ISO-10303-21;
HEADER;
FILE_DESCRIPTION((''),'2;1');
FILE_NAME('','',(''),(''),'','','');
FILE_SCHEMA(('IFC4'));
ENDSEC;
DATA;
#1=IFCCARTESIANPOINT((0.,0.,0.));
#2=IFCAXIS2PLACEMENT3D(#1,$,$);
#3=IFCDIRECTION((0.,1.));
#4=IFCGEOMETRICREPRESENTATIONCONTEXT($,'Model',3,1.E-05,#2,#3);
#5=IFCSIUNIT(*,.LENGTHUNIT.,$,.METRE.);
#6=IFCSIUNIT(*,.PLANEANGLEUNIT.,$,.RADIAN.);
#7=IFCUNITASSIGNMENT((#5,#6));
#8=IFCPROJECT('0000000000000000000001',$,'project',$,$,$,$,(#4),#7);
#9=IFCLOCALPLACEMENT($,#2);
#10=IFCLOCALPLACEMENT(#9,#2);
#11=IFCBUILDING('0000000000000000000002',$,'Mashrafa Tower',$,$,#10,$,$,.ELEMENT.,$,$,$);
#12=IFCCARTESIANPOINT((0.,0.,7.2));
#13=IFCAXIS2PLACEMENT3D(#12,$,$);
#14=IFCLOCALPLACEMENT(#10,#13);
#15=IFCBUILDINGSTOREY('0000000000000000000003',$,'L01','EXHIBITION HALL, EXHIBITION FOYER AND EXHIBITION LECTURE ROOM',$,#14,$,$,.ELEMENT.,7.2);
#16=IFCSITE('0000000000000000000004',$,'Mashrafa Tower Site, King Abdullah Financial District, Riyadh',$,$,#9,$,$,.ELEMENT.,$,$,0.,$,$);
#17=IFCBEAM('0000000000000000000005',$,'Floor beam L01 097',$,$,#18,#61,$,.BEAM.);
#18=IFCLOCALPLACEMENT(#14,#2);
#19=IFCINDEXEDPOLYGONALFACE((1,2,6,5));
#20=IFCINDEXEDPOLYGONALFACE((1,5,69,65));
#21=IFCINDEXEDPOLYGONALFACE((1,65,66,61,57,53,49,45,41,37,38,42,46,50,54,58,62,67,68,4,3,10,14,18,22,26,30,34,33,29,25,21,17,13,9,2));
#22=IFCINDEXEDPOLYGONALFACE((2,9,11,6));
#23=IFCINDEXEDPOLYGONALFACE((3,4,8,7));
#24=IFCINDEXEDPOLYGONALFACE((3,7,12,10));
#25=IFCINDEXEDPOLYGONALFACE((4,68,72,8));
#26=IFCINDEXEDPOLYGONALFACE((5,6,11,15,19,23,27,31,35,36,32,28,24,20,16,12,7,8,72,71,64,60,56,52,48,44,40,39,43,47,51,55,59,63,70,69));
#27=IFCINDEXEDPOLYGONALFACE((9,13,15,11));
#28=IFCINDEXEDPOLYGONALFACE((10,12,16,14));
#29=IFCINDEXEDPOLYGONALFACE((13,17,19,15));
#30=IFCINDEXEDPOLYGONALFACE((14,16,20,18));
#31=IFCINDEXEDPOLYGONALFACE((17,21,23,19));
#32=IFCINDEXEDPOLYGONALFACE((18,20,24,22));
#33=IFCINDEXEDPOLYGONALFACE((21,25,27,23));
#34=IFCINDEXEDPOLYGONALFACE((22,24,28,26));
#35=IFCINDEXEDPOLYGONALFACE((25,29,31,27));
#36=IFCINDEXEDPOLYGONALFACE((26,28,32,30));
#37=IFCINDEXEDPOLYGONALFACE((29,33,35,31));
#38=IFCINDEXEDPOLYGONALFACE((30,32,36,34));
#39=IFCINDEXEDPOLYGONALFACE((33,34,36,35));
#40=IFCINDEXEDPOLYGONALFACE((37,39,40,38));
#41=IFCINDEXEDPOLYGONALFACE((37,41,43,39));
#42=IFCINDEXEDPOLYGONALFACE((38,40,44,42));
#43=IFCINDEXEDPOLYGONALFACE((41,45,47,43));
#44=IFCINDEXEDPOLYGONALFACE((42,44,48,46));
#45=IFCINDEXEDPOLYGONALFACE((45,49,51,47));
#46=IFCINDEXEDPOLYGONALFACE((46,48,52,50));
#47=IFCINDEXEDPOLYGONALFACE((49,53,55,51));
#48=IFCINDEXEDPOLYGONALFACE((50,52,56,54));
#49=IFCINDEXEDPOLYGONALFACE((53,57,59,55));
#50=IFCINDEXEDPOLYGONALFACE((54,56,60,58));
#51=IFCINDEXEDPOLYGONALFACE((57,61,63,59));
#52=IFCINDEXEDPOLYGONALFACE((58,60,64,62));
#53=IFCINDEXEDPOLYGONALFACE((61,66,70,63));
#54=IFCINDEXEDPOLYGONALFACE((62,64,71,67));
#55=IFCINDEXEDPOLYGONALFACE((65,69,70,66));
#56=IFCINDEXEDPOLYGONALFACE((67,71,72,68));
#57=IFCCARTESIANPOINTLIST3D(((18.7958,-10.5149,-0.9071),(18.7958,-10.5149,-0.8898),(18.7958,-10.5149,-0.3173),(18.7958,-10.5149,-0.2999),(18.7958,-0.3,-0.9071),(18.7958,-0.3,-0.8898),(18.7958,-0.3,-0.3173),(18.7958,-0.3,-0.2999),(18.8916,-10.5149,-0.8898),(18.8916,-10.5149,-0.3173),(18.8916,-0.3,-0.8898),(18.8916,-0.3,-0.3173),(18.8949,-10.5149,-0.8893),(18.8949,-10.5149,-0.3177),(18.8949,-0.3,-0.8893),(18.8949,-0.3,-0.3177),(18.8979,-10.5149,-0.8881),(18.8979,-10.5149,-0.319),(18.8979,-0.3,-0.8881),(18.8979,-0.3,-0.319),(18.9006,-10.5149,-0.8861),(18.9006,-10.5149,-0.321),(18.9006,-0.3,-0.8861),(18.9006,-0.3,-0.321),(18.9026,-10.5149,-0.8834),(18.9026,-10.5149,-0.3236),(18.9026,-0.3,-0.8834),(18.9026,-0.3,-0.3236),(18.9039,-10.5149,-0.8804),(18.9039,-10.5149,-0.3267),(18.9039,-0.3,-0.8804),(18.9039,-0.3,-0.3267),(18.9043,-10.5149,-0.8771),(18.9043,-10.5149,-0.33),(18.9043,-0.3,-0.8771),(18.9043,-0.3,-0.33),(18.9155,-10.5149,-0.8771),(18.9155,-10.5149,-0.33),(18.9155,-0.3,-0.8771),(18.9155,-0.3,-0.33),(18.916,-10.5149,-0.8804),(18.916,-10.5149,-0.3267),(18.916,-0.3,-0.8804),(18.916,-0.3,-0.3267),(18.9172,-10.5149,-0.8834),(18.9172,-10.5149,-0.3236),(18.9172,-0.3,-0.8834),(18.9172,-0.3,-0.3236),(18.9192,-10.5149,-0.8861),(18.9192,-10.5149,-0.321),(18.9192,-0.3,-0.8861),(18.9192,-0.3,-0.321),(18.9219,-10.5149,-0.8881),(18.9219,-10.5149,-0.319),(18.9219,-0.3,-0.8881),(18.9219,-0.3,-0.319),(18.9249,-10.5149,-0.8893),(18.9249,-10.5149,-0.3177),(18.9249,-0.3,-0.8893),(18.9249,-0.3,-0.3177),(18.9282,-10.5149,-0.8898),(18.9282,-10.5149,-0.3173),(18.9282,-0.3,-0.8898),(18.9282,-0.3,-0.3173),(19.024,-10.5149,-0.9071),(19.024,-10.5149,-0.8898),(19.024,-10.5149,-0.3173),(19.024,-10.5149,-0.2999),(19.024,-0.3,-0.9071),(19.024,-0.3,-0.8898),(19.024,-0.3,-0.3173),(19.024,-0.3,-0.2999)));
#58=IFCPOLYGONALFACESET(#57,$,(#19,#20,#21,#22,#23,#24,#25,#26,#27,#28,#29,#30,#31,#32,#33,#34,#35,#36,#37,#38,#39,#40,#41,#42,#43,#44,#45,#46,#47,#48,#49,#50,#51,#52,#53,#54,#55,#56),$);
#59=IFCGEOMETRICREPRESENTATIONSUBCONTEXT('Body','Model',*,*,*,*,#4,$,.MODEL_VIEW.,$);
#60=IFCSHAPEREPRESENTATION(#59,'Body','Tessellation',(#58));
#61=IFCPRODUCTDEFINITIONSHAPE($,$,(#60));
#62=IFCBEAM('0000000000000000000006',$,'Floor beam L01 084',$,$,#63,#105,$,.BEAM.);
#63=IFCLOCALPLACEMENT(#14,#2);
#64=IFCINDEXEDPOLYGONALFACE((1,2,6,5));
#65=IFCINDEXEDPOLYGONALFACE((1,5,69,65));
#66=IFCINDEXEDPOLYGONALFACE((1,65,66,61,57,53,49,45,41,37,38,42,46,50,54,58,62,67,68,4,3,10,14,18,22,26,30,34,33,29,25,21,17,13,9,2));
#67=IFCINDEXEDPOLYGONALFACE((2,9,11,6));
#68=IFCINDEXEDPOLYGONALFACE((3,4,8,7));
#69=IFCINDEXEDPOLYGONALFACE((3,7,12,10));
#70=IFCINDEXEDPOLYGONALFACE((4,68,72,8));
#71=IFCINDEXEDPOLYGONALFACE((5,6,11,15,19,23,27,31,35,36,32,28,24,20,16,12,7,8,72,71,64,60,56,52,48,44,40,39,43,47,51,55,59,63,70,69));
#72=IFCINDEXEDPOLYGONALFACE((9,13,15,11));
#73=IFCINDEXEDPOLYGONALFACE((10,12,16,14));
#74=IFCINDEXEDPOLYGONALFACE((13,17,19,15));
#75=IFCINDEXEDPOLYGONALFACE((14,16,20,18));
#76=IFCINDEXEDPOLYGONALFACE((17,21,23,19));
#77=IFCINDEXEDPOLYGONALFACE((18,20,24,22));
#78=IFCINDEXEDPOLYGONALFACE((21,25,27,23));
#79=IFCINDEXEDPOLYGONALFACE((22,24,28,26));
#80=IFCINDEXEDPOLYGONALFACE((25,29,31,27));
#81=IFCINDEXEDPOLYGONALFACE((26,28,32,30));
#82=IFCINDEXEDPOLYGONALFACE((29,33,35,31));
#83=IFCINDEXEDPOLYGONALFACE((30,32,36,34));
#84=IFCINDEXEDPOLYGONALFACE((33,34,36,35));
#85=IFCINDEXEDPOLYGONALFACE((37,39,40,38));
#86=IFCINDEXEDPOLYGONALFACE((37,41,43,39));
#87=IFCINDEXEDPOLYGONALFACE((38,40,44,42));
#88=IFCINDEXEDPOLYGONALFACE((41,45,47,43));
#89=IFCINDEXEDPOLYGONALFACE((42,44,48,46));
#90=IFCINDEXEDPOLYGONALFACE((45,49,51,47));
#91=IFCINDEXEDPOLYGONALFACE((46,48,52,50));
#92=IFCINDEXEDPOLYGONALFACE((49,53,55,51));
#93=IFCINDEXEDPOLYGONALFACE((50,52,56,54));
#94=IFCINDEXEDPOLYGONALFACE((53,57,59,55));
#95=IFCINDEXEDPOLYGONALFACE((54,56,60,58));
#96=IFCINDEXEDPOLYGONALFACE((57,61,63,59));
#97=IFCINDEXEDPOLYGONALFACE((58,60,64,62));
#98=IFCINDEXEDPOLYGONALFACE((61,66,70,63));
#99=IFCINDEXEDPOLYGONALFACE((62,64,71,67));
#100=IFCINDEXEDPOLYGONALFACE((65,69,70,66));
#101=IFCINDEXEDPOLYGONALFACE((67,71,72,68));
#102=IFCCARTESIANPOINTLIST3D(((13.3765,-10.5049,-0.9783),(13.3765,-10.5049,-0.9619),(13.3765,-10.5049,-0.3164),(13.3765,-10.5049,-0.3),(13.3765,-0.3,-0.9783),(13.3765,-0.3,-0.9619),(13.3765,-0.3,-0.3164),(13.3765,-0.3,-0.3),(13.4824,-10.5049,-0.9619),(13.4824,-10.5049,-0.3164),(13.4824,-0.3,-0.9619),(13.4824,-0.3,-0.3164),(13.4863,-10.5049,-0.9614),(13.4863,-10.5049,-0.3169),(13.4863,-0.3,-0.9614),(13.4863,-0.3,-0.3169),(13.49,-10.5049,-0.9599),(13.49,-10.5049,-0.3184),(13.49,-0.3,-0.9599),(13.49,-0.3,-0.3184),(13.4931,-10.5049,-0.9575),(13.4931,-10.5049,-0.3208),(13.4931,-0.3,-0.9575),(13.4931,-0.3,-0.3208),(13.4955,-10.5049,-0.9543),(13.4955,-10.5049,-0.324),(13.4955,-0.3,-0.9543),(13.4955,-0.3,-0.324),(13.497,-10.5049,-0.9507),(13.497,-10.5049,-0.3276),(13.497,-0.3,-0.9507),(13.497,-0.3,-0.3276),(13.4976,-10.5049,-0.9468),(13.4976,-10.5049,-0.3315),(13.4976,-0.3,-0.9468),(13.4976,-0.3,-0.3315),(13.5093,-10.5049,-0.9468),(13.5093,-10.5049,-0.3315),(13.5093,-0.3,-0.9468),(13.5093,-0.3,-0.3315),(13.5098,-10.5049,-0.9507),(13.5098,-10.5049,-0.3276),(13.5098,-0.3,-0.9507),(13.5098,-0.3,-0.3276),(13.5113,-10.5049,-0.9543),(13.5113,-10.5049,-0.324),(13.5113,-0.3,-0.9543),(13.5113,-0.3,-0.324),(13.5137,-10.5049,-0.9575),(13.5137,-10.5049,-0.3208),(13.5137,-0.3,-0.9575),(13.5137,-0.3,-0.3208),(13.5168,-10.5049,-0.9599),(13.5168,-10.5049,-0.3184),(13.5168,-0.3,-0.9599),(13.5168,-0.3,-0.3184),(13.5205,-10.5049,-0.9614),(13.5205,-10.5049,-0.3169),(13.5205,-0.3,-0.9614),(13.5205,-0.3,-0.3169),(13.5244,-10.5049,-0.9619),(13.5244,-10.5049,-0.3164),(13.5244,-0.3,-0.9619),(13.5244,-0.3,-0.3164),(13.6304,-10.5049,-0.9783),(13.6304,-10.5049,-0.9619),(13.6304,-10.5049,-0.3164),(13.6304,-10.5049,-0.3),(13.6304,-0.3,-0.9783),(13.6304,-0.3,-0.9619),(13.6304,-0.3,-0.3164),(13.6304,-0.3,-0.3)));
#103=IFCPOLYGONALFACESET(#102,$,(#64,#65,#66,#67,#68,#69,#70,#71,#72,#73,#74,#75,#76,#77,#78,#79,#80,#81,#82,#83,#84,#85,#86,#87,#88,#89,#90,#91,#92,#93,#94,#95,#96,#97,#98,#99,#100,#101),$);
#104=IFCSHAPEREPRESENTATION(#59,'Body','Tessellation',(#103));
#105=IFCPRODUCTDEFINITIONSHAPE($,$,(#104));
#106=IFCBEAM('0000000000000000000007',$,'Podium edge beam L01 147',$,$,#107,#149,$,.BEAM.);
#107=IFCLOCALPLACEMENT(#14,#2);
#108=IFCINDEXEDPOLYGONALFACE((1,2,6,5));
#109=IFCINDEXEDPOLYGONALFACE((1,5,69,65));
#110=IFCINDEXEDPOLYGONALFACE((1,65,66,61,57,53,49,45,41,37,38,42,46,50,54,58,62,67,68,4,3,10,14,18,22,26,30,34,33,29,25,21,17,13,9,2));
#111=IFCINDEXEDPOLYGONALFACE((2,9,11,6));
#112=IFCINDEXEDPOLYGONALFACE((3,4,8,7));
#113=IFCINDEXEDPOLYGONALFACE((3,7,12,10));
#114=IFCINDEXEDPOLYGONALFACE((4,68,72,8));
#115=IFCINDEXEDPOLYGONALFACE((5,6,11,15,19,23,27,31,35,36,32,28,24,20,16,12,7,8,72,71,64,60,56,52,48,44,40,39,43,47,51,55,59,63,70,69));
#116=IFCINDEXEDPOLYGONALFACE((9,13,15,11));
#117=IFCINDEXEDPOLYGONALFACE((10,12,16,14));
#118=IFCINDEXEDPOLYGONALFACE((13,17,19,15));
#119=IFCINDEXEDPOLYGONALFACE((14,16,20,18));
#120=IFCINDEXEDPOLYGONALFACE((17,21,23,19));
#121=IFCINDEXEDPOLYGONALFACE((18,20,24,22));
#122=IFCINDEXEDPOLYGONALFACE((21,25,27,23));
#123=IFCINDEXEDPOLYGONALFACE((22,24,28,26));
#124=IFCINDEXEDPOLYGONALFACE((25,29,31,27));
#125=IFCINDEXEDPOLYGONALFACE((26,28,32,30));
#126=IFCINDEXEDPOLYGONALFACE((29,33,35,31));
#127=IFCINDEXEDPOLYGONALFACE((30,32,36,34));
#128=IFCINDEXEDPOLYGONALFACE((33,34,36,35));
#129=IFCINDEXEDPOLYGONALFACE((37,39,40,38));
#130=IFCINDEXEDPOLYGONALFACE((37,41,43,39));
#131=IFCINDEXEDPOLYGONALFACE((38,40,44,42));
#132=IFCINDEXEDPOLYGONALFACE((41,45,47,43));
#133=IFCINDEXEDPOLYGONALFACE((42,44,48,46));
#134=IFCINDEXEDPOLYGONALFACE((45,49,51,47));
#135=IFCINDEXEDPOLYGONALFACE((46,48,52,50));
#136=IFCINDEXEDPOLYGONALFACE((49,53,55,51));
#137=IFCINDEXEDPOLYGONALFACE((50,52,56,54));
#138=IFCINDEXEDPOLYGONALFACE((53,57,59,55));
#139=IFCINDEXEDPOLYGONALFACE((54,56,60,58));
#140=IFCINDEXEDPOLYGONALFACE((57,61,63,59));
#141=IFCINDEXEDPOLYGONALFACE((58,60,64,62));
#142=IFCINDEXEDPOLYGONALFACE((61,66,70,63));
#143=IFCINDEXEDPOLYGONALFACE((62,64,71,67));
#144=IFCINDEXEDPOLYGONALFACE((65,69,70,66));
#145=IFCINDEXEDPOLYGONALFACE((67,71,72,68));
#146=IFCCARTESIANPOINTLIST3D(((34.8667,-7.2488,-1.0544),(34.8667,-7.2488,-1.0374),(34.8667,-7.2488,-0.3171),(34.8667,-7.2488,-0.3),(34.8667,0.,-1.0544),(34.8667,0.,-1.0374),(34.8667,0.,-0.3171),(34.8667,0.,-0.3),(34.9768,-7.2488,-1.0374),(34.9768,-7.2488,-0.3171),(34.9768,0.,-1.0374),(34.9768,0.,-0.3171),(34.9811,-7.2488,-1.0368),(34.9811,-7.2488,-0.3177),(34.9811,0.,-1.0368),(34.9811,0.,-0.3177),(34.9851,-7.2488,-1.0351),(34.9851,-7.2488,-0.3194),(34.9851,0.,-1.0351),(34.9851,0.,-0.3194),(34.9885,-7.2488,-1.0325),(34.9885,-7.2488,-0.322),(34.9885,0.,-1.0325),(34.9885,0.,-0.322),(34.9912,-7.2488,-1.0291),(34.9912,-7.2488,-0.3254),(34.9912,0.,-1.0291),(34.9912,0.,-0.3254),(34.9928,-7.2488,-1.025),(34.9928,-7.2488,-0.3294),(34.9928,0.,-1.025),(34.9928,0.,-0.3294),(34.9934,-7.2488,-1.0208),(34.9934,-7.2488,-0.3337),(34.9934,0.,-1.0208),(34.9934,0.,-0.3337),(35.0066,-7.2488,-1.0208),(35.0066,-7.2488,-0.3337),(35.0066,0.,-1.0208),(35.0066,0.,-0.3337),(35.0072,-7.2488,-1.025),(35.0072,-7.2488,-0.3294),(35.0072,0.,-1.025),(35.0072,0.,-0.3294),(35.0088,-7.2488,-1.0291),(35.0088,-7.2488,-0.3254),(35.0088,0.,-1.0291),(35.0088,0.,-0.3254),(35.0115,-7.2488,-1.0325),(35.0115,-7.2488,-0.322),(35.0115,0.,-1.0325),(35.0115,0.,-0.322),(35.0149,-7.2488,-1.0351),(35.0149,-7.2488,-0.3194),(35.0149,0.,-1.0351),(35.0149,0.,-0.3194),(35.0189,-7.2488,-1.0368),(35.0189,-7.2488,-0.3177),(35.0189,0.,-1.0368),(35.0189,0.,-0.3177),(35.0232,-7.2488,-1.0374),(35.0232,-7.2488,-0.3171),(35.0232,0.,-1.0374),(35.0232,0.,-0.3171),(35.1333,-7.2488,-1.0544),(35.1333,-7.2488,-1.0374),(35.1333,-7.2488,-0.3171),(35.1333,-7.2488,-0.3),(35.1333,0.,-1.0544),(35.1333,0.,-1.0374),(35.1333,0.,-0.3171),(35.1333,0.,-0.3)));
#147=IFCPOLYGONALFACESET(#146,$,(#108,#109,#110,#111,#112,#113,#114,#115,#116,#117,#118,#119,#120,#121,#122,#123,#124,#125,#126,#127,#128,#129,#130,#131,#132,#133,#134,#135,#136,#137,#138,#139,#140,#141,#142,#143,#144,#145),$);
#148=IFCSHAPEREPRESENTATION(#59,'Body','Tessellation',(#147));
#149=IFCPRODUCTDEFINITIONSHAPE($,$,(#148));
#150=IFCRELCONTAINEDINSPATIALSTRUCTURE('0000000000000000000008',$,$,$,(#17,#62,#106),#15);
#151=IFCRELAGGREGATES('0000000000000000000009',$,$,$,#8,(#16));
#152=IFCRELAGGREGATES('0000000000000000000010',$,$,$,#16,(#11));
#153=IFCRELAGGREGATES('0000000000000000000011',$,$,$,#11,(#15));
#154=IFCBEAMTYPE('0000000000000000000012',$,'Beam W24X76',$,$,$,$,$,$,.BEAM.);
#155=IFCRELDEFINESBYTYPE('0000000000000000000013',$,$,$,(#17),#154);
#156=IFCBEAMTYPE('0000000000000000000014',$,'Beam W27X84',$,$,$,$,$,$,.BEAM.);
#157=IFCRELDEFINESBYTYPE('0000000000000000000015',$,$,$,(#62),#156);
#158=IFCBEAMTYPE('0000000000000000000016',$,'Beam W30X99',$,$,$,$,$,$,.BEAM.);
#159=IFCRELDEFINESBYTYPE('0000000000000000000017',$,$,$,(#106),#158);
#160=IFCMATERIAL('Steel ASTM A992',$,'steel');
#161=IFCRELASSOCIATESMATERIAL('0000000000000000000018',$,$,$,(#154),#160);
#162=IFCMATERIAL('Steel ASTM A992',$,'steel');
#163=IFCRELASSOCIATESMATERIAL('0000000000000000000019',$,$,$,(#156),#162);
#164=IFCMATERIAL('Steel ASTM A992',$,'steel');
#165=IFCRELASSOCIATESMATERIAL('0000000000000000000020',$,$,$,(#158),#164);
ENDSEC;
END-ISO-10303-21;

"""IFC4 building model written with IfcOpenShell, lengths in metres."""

from ifc_helpers import new_model, si_unit, direction, frame, origin, origin_2d, place, context, subcontext, project, spatial, i_section, extrude, material, material_profile, profile_set, type_object, element, save


model = new_model("IFC4")

# Units and contexts
model_context = context("Model", 3, precision=1e-05, world=origin(), true_north=direction((0.0, 1.0)))
body_context = subcontext(model_context, "Body", "Model", "MODEL_VIEW")
ifc_project = project(units=[si_unit("LENGTHUNIT", "METRE"), si_unit("PLANEANGLEUNIT", "RADIAN")], contexts=[model_context])

# Site, building, storey
site_placement = place(None, origin())
site = spatial("IfcSite", under=ifc_project, at=site_placement, Name="Mashrafa Tower Site, King Abdullah Financial District, Riyadh", CompositionType="ELEMENT", RefElevation=0.0)
building_placement = place(site_placement, origin())
building = spatial("IfcBuilding", under=site, at=building_placement, Name="Mashrafa Tower", CompositionType="ELEMENT")
storey_placement = place(building_placement, frame((0.0, 0.0, 7.2)))
storey = spatial("IfcBuildingStorey", under=building, at=storey_placement, Name="L01", Description="EXHIBITION HALL, EXHIBITION FOYER AND EXHIBITION LECTURE ROOM", CompositionType="ELEMENT", Elevation=7.2)

# Beams
ifc_material_1 = material(Name="Steel ASTM A992", Category="steel")
ifc_material_profile_1 = material_profile(ifc_material_1, i_section(OverallWidth=0.2283, OverallDepth=0.6072, WebThickness=0.0112, FlangeThickness=0.0173, FilletRadius=0.0127, at=origin_2d()), Name="W24X76")
ifc_profile_set_1 = profile_set([ifc_material_profile_1], Name="Steel ASTM A992")
beam_type_1 = type_object("IfcBeamType", Name="Beam W24X76", PredefinedType="BEAM", material=ifc_profile_set_1)
beam_1_placement = place(storey_placement, frame((18.9099, -0.3, -0.6035), z_axis=(0.0, -1.0, 0.0), x_axis=(1.0, 0.0, 0.0)))
element("IfcBeam", 1, at=beam_1_placement, inside=storey, type_object=beam_type_1, Name="Floor beam L01 097", PredefinedType="BEAM", context=body_context, shape_type="SweptSolid", body=[
    extrude(i_section(OverallWidth=0.2283, OverallDepth=0.6072, WebThickness=0.0112, FlangeThickness=0.0173, FilletRadius=0.0127, at=origin_2d()), origin(), (0.0, 0.0, 1.0), 10.2148),
])
ifc_material_2 = material(Name="Steel ASTM A992", Category="steel")
ifc_material_profile_2 = material_profile(ifc_material_2, i_section(OverallWidth=0.2539, OverallDepth=0.6782, WebThickness=0.0117, FlangeThickness=0.0164, FilletRadius=0.0151, at=origin_2d()), Name="W27X84")
ifc_profile_set_2 = profile_set([ifc_material_profile_2], Name="Steel ASTM A992")
beam_type_2 = type_object("IfcBeamType", Name="Beam W27X84", PredefinedType="BEAM", material=ifc_profile_set_2)
beam_2_placement = place(storey_placement, frame((13.5034, -0.3, -0.6392), z_axis=(0.0, -1.0, 0.0), x_axis=(1.0, 0.0, 0.0)))
element("IfcBeam", 2, at=beam_2_placement, inside=storey, type_object=beam_type_2, Name="Floor beam L01 084", PredefinedType="BEAM", context=body_context, shape_type="SweptSolid", body=[
    extrude(i_section(OverallWidth=0.2539, OverallDepth=0.6782, WebThickness=0.0117, FlangeThickness=0.0164, FilletRadius=0.0151, at=origin_2d()), origin(), (0.0, 0.0, 1.0), 10.2048),
])
ifc_material_3 = material(Name="Steel ASTM A992", Category="steel")
ifc_material_profile_3 = material_profile(ifc_material_3, i_section(OverallWidth=0.2666, OverallDepth=0.7544, WebThickness=0.0132, FlangeThickness=0.0171, FilletRadius=0.0166, at=origin_2d()), Name="W30X99")
ifc_profile_set_3 = profile_set([ifc_material_profile_3], Name="Steel ASTM A992")
beam_type_3 = type_object("IfcBeamType", Name="Beam W30X99", PredefinedType="BEAM", material=ifc_profile_set_3)
beam_3_placement = place(storey_placement, frame((35.0, -7.2488, -0.6772), z_axis=(0.0, 1.0, 0.0), x_axis=(-1.0, 0.0, 0.0)))
element("IfcBeam", 3, at=beam_3_placement, inside=storey, type_object=beam_type_3, Name="Podium edge beam L01 147", PredefinedType="BEAM", context=body_context, shape_type="SweptSolid", body=[
    extrude(i_section(OverallWidth=0.2666, OverallDepth=0.7544, WebThickness=0.0132, FlangeThickness=0.0171, FilletRadius=0.0166, at=origin_2d()), origin(), (0.0, 0.0, 1.0), 7.2488),
])

save(model, "model.ifc")
